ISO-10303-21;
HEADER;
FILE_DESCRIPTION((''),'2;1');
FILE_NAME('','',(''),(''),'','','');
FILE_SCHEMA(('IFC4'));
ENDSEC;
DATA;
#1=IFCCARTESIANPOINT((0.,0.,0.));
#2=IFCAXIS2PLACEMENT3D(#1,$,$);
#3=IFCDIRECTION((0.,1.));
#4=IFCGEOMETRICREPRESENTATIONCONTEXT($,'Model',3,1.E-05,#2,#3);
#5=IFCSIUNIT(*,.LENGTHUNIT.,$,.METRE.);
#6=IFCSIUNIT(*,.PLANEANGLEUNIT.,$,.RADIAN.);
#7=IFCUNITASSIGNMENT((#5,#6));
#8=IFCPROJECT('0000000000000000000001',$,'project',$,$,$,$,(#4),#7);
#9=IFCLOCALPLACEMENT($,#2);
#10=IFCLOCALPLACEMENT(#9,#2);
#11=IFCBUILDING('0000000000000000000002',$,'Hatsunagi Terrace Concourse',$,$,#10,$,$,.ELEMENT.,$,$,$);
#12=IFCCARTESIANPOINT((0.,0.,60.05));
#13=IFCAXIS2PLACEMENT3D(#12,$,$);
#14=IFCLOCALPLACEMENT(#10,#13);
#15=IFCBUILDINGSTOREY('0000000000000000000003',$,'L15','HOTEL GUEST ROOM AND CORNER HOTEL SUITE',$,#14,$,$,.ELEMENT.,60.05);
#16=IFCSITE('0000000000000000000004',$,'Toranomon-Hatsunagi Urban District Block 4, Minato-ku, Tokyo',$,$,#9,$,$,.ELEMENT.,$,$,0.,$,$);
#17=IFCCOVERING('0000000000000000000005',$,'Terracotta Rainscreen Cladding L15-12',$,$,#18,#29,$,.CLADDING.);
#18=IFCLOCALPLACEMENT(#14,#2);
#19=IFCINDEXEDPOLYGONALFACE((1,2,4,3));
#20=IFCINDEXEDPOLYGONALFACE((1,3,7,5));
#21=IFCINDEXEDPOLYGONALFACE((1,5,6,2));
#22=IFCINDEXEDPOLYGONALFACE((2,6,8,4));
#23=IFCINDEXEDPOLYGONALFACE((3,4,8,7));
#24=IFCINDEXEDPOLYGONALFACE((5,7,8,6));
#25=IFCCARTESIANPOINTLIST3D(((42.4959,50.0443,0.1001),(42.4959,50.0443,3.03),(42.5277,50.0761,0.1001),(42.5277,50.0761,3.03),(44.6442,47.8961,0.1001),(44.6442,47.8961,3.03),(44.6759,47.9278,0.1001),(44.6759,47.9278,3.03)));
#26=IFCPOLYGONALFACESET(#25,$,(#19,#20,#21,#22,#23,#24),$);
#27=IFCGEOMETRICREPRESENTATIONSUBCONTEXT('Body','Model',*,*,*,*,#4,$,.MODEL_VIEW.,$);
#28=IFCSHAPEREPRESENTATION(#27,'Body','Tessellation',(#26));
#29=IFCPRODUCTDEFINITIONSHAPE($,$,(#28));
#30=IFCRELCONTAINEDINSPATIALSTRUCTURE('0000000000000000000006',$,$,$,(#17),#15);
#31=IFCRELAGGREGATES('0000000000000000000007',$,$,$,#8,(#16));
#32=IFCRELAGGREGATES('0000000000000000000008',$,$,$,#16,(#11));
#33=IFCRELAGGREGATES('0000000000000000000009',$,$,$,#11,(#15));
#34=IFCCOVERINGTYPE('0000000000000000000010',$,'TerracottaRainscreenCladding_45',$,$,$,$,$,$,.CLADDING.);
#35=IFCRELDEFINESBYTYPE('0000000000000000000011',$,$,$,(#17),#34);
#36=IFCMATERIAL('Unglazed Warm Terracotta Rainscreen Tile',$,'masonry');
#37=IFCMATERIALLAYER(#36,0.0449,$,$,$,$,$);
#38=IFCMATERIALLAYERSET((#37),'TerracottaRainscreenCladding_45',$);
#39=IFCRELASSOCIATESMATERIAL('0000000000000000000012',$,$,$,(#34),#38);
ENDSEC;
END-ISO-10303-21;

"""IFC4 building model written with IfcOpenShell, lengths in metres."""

from ifc_helpers import new_model, si_unit, direction, frame, origin, origin_2d, place, context, subcontext, project, spatial, rectangle, extrude, material, layer, layer_set, type_object, element, save


model = new_model("IFC4")

# Units and contexts
model_context = context("Model", 3, precision=1e-05, world=origin(), true_north=direction((0.0, 1.0)))
body_context = subcontext(model_context, "Body", "Model", "MODEL_VIEW")
ifc_project = project(units=[si_unit("LENGTHUNIT", "METRE"), si_unit("PLANEANGLEUNIT", "RADIAN")], contexts=[model_context])

# Site, building, storey
site_placement = place(None, origin())
site = spatial("IfcSite", under=ifc_project, at=site_placement, Name="Toranomon-Hatsunagi Urban District Block 4, Minato-ku, Tokyo", CompositionType="ELEMENT", RefElevation=0.0)
building_placement = place(site_placement, origin())
building = spatial("IfcBuilding", under=site, at=building_placement, Name="Hatsunagi Terrace Concourse", CompositionType="ELEMENT")
storey_placement = place(building_placement, frame((0.0, 0.0, 60.05)))
storey = spatial("IfcBuildingStorey", under=building, at=storey_placement, Name="L15", Description="HOTEL GUEST ROOM AND CORNER HOTEL SUITE", CompositionType="ELEMENT", Elevation=60.05)

# Covering
ifc_material_1 = material(Name="Unglazed Warm Terracotta Rainscreen Tile", Category="masonry")
ifc_layer_1 = layer(ifc_material_1, 0.0449)
ifc_layer_set_1 = layer_set([ifc_layer_1], Name="TerracottaRainscreenCladding_45")
covering_type = type_object("IfcCoveringType", Name="TerracottaRainscreenCladding_45", PredefinedType="CLADDING", material=ifc_layer_set_1)
covering_placement = place(storey_placement, frame((43.5859, 48.9861, 0.1001), z_axis=(0.0, 0.0, 1.0), x_axis=(0.707107, -0.707107, 0.0)))
element("IfcCovering", 1, at=covering_placement, inside=storey, type_object=covering_type, Name="Terracotta Rainscreen Cladding L15-12", PredefinedType="CLADDING", context=body_context, shape_type="SweptSolid", body=[
    extrude(rectangle(XDim=3.0381, YDim=0.0449, at=origin_2d()), origin(), (0.0, 0.0, 1.0), 2.9299),
])

save(model, "model.ifc")
